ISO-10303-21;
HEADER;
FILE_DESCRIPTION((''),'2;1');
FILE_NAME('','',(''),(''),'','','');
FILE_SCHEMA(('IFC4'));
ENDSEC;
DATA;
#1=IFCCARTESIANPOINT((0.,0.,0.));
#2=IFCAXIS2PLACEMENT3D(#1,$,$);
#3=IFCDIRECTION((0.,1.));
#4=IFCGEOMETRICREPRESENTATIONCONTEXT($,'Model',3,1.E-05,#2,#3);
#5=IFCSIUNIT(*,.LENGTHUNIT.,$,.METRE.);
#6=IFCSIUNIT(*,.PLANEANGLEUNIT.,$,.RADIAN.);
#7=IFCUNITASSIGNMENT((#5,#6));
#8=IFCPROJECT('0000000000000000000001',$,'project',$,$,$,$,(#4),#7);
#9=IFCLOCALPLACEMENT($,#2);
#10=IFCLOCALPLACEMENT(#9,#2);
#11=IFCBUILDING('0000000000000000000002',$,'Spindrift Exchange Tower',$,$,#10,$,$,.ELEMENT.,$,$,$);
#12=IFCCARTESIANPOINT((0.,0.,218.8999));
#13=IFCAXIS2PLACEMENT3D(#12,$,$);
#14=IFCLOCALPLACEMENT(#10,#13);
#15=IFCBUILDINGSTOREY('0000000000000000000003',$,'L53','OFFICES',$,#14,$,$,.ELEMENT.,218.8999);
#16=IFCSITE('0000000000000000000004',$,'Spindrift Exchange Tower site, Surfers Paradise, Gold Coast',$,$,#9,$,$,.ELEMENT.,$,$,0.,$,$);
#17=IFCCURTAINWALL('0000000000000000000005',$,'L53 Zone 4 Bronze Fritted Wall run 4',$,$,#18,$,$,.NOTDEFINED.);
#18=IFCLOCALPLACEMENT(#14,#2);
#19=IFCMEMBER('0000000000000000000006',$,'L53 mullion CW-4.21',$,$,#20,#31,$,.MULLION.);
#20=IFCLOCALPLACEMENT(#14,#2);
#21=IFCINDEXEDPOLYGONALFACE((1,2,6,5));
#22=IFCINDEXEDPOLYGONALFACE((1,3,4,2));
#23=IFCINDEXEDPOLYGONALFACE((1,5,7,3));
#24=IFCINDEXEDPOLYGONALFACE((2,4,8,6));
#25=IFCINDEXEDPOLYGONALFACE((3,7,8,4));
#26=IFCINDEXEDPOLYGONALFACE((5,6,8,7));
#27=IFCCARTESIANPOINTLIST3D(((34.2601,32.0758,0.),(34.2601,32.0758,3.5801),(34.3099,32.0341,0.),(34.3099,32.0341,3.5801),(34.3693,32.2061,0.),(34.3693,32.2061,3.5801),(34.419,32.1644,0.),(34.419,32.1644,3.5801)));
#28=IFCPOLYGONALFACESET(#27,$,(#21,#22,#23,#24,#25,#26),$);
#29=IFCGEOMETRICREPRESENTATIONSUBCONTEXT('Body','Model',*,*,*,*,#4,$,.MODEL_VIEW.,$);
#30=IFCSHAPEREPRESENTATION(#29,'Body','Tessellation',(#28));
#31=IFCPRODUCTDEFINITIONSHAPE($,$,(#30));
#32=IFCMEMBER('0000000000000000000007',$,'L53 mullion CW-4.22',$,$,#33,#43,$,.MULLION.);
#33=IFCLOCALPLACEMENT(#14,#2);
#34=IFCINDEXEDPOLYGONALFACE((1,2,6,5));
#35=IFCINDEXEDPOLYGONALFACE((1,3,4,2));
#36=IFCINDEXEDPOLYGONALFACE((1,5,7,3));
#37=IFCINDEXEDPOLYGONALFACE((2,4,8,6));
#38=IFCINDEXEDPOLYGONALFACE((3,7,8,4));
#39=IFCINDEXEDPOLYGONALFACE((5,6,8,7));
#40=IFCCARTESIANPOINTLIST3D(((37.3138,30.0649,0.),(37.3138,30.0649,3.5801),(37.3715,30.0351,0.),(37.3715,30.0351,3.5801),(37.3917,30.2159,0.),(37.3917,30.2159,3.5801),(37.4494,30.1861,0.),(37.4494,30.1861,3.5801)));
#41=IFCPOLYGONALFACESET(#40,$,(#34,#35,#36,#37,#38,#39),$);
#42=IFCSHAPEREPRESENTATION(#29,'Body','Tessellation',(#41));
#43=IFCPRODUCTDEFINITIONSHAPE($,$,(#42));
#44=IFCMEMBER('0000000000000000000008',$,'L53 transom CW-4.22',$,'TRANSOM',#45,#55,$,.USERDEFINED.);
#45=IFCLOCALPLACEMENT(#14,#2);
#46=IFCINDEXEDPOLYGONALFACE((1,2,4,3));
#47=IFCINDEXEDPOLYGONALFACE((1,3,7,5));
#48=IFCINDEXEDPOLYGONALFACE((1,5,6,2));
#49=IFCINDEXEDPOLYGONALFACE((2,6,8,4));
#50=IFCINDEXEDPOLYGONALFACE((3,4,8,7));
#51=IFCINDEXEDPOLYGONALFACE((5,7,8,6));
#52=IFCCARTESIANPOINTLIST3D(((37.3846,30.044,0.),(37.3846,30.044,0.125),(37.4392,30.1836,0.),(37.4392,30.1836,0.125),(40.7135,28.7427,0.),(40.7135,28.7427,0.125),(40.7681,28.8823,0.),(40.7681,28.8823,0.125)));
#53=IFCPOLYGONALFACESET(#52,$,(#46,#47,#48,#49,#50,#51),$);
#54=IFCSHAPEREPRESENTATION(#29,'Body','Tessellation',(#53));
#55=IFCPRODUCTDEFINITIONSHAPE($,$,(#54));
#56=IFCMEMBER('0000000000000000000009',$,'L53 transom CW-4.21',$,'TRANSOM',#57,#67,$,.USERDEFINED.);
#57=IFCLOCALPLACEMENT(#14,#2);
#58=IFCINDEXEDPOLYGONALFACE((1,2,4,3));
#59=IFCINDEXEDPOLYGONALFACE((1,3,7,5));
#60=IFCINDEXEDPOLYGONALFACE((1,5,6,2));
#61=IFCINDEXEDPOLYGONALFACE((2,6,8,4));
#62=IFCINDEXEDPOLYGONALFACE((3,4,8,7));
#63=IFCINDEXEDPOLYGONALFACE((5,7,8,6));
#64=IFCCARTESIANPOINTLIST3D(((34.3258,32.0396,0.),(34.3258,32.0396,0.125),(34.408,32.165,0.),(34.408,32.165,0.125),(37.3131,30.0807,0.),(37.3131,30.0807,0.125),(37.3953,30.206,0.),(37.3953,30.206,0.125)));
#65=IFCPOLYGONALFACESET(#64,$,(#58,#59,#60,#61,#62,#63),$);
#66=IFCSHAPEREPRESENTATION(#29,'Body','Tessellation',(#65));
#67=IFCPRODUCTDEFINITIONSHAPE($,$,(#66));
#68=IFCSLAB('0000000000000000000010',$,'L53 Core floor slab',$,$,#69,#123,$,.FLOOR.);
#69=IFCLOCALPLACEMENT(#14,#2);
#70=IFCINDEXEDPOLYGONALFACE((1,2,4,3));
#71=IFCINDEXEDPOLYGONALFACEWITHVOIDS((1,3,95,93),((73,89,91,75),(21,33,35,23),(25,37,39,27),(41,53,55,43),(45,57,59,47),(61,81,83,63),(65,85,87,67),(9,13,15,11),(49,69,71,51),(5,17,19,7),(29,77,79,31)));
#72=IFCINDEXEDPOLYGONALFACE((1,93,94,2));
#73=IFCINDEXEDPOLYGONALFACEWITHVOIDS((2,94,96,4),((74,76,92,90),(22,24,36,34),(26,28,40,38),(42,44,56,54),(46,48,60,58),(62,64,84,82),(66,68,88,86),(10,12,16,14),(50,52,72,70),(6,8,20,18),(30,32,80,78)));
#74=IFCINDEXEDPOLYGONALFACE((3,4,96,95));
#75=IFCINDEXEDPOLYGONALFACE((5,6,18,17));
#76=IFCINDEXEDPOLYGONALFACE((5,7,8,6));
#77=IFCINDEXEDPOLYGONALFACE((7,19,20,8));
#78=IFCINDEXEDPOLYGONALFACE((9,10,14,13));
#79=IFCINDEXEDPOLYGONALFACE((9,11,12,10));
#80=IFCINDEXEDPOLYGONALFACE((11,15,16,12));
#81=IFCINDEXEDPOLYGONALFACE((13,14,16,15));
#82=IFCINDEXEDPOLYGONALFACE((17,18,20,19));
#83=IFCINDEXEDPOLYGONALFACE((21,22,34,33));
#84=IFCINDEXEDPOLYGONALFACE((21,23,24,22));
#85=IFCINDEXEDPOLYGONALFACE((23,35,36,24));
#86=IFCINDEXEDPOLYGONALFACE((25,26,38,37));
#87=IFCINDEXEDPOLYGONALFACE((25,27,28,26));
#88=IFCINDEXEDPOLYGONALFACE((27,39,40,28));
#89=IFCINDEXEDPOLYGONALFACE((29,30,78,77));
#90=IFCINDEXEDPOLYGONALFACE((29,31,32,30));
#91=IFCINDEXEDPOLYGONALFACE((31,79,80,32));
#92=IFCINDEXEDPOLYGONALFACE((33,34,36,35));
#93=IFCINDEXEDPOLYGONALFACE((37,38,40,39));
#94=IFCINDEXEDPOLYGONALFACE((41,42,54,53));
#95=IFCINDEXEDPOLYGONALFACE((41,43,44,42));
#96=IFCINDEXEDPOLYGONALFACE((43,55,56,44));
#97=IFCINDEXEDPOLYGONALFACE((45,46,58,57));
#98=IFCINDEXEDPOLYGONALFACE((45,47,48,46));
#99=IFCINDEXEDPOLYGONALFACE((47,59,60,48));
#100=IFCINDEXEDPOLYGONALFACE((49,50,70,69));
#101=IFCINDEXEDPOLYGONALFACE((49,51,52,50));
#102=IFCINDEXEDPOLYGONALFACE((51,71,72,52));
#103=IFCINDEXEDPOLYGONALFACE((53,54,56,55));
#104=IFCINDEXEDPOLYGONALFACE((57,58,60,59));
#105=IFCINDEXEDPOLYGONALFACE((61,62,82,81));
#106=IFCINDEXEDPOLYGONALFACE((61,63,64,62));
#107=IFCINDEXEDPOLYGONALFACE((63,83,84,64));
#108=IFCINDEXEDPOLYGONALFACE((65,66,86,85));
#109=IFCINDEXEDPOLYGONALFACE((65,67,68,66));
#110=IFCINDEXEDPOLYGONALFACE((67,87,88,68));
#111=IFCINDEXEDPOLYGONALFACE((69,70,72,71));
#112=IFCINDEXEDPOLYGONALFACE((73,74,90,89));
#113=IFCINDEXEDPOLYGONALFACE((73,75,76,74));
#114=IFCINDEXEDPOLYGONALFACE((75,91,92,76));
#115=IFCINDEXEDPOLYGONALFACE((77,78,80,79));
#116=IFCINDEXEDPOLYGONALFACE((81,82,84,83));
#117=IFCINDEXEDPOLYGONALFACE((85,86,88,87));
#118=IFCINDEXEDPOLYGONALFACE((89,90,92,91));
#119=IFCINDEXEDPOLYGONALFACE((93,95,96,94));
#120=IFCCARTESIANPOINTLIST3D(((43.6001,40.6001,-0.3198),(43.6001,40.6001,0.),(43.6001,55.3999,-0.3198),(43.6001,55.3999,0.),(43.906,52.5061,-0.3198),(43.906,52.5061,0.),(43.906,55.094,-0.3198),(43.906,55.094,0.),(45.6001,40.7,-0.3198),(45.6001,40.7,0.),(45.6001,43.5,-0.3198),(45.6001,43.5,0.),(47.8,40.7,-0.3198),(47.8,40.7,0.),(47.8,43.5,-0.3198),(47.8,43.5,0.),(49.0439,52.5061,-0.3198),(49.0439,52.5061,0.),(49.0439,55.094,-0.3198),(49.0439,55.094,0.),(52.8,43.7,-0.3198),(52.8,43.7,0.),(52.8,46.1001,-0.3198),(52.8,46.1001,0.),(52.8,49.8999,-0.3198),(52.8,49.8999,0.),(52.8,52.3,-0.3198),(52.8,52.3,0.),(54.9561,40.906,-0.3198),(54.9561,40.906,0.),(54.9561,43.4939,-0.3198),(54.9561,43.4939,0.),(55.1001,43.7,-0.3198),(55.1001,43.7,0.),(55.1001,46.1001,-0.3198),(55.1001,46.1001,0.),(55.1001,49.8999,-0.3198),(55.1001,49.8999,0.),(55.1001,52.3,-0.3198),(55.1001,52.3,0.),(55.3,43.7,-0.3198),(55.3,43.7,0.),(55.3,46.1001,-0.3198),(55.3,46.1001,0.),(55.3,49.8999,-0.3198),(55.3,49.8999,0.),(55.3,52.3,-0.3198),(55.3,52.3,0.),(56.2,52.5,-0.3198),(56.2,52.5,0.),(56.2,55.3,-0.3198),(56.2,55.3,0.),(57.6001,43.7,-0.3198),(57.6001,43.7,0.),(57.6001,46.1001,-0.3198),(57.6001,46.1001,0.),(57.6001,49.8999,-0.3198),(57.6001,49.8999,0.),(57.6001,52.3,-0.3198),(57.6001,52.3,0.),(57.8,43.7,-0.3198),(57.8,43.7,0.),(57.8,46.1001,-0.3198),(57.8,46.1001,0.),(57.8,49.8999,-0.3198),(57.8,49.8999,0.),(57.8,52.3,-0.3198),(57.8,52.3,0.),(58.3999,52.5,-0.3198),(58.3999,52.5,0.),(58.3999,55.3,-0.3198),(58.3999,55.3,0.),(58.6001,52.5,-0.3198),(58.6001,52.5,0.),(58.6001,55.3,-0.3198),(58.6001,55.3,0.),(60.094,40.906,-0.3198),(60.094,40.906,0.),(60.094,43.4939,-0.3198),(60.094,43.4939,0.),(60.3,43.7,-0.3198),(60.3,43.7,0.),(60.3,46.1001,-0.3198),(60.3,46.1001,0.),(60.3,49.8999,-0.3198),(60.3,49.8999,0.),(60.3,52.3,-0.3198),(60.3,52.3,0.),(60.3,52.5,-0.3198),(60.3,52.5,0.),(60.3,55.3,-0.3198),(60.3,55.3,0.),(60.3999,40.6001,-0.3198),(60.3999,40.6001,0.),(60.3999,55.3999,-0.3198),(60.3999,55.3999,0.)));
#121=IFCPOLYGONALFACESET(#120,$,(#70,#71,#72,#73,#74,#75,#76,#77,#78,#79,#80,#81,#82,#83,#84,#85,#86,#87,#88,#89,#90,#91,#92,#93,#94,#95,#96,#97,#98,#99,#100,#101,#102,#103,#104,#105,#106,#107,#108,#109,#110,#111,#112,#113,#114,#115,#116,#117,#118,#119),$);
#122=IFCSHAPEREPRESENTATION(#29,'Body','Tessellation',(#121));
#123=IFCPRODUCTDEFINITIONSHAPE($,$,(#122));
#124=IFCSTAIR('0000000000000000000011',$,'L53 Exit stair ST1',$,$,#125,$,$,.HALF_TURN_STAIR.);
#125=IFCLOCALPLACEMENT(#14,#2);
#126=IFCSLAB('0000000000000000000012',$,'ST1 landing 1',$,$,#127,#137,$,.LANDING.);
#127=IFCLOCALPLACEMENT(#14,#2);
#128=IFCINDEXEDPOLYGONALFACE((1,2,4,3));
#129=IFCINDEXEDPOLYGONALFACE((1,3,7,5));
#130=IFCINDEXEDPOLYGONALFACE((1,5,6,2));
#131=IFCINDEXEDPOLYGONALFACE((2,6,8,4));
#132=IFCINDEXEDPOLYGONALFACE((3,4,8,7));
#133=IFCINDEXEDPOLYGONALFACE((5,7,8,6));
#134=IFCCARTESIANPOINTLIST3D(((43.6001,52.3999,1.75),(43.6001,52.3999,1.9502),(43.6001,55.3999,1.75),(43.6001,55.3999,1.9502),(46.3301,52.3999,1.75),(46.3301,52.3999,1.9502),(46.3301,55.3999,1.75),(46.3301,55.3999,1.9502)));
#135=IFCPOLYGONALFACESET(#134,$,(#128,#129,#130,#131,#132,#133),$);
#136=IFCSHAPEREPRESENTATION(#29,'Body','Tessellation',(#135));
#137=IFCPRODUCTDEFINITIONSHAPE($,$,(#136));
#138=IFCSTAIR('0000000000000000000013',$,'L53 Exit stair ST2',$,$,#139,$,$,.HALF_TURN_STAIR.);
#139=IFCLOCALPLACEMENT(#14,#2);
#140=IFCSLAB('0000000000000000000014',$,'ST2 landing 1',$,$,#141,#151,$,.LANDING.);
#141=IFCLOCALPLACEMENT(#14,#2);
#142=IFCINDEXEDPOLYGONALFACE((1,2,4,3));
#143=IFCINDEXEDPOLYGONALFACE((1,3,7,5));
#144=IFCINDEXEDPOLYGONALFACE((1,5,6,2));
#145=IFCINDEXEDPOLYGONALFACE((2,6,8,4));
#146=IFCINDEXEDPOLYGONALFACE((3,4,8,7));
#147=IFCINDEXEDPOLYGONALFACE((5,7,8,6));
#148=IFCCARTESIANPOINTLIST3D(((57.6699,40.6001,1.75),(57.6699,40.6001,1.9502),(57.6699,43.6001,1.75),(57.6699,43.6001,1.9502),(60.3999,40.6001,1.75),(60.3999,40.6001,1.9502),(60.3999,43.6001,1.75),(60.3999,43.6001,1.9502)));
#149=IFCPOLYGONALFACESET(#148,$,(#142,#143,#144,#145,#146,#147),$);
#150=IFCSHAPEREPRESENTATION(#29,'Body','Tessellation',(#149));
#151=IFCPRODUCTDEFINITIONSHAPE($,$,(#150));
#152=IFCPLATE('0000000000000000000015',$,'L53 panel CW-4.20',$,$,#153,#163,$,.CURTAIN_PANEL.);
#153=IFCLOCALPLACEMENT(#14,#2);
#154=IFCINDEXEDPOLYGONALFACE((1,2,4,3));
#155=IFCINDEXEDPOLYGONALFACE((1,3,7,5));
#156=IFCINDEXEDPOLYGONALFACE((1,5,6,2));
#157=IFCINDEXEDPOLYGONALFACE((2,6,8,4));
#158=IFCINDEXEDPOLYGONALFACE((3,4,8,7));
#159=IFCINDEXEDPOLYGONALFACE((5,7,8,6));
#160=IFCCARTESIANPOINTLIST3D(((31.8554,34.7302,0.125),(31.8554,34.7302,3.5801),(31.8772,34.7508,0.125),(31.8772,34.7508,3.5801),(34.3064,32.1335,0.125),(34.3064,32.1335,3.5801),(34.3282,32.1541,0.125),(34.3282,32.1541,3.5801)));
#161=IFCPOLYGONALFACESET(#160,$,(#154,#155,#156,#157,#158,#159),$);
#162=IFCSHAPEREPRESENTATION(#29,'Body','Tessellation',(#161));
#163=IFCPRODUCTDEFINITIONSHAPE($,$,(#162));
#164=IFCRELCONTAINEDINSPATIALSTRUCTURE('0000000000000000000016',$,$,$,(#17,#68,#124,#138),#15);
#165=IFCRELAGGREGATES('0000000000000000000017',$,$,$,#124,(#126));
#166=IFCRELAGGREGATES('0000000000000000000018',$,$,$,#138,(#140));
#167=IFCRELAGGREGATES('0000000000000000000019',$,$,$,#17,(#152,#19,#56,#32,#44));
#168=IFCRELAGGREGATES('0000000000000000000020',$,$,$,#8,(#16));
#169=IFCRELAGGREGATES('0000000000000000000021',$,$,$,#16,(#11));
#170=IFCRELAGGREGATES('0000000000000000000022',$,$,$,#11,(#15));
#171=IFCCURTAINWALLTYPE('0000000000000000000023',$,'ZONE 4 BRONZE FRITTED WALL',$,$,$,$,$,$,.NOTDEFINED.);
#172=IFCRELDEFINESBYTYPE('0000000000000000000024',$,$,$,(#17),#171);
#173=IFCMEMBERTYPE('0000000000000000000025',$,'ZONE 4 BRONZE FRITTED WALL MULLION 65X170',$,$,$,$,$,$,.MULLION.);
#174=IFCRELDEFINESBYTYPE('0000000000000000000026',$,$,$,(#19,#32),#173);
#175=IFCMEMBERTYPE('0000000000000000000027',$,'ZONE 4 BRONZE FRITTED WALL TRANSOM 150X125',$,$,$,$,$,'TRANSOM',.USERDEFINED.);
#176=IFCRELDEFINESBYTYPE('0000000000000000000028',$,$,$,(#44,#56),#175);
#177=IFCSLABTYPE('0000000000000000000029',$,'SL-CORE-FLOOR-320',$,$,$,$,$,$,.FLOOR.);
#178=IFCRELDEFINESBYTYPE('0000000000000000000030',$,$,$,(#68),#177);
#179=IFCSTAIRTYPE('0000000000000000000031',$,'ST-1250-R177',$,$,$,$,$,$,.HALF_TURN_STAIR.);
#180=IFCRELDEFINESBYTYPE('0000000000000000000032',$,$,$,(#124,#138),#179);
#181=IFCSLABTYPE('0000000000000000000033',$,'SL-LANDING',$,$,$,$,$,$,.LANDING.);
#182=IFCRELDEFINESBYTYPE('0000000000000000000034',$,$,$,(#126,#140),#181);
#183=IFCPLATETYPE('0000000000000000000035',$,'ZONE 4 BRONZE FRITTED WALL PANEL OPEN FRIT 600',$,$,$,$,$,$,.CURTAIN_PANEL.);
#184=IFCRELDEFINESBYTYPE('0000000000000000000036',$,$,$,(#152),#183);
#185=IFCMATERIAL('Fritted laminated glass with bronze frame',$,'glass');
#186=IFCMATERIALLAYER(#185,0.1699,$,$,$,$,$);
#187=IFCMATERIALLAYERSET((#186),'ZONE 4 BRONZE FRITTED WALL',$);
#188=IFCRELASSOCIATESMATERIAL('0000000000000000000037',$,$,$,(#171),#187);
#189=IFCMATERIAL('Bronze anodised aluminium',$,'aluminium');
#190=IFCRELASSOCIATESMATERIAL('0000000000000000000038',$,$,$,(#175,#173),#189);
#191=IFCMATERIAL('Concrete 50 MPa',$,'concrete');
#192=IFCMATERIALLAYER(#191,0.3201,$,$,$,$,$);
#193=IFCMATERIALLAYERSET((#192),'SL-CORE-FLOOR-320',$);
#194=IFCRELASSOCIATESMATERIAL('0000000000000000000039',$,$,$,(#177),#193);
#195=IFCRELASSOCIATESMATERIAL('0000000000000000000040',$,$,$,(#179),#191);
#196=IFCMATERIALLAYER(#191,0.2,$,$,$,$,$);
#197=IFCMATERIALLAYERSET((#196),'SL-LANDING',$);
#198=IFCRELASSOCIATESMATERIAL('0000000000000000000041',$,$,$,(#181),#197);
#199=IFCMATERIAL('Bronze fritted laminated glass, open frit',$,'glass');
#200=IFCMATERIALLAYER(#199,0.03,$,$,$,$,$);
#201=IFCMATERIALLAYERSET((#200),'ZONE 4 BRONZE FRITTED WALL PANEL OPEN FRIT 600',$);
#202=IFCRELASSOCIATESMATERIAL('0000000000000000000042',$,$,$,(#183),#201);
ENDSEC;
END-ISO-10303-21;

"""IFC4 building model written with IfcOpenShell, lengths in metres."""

from ifc_helpers import new_model, si_unit, direction, frame, origin, origin_2d, place, context, subcontext, project, spatial, line, indexed_curve, rectangle, outline, extrude, source, transform, mapped, material, layer, layer_set, material_profile, profile_set, type_object, element, aggregate, save


model = new_model("IFC4")

# Units and contexts
model_context = context("Model", 3, precision=1e-05, world=origin(), true_north=direction((0.0, 1.0)))
body_context = subcontext(model_context, "Body", "Model", "MODEL_VIEW")
ifc_project = project(units=[si_unit("LENGTHUNIT", "METRE"), si_unit("PLANEANGLEUNIT", "RADIAN")], contexts=[model_context])

# Site, building, storey
site_placement = place(None, origin())
site = spatial("IfcSite", under=ifc_project, at=site_placement, Name="Spindrift Exchange Tower site, Surfers Paradise, Gold Coast", CompositionType="ELEMENT", RefElevation=0.0)
building_placement = place(site_placement, origin())
building = spatial("IfcBuilding", under=site, at=building_placement, Name="Spindrift Exchange Tower", CompositionType="ELEMENT")
storey_placement = place(building_placement, frame((0.0, 0.0, 218.8999)))
storey = spatial("IfcBuildingStorey", under=building, at=storey_placement, Name="L53", Description="OFFICES", CompositionType="ELEMENT", Elevation=218.8999)

# Shared definitions
ifc_material_1 = material(Name="Concrete 50 MPa", Category="concrete")

# Curtain wall, members
ifc_material_2 = material(Name="Fritted laminated glass with bronze frame", Category="glass")
ifc_layer_1 = layer(ifc_material_2, 0.1699)
ifc_layer_set_1 = layer_set([ifc_layer_1], Name="ZONE 4 BRONZE FRITTED WALL")
curtain_wall_type = type_object("IfcCurtainWallType", Name="ZONE 4 BRONZE FRITTED WALL", PredefinedType="NOTDEFINED", material=ifc_layer_set_1)
curtain_wall_placement = place(storey_placement, origin())
curtain_wall = element("IfcCurtainWall", 1, at=curtain_wall_placement, inside=storey, type_object=curtain_wall_type, Name="L53 Zone 4 Bronze Fritted Wall run 4", PredefinedType="NOTDEFINED")
ifc_material_3 = material(Name="Bronze anodised aluminium", Category="aluminium")
ifc_material_profile_1 = material_profile(ifc_material_3, rectangle(XDim=0.1499, YDim=0.125, at=origin_2d()), Name="ZONE 4 BRONZE FRITTED WALL TRANSOM 150X125")
ifc_profile_set_1 = profile_set([ifc_material_profile_1], Name="Bronze anodised aluminium")
member_type_1 = type_object("IfcMemberType", Name="ZONE 4 BRONZE FRITTED WALL TRANSOM 150X125", ElementType="TRANSOM", PredefinedType="USERDEFINED", material=ifc_profile_set_1)
ifc_material_profile_2 = material_profile(ifc_material_3, rectangle(XDim=0.0649, YDim=0.1699, at=origin_2d()), Name="ZONE 4 BRONZE FRITTED WALL MULLION 65X170")
ifc_profile_set_2 = profile_set([ifc_material_profile_2], Name="Bronze anodised aluminium")
member_type_2 = type_object("IfcMemberType", Name="ZONE 4 BRONZE FRITTED WALL MULLION 65X170", PredefinedType="MULLION", material=ifc_profile_set_2)
shared_shape_1 = source(origin(), body_context, "Body", "SweptSolid", [
    extrude(rectangle(XDim=0.0649, YDim=0.1699, at=origin_2d()), origin(), (0.0, 0.0, 1.0), 3.5801),
])
member_1_placement = place(storey_placement, frame((34.3396, 32.1201, 0.0), z_axis=(0.0, 0.0, 1.0), x_axis=(0.766561, -0.642172, 0.0)))
member_1 = element("IfcMember", 2, at=member_1_placement, type_object=member_type_2, Name="L53 mullion CW-4.21", PredefinedType="MULLION", context=body_context, shape_type="MappedRepresentation", body=[
    mapped(shared_shape_1, transform((0.0, 0.0, 0.0), scale=1.0)),
])
member_2_placement = place(storey_placement, frame((37.3816, 30.1255, 0.0), z_axis=(0.0, 0.0, 1.0), x_axis=(0.8886, -0.458683, 0.0)))
member_2 = element("IfcMember", 3, at=member_2_placement, type_object=member_type_2, Name="L53 mullion CW-4.22", PredefinedType="MULLION", context=body_context, shape_type="MappedRepresentation", body=[
    mapped(shared_shape_1, transform((0.0, 0.0, 0.0), scale=1.0)),
])
shared_shape_2 = source(origin(), body_context, "Body", "SweptSolid", [
    extrude(rectangle(XDim=0.1499, YDim=0.125, at=origin_2d()), origin(), (0.0, 0.0, 1.0), 3.5742),
])
member_3_placement = place(storey_placement, frame((37.4119, 30.1138, 0.0625), z_axis=(0.931369, -0.364077, 0.0), x_axis=(0.364077, 0.931369, 0.0)))
member_3 = element("IfcMember", 4, at=member_3_placement, type_object=member_type_1, Name="L53 transom CW-4.22", ObjectType="TRANSOM", PredefinedType="USERDEFINED", context=body_context, shape_type="MappedRepresentation", body=[
    mapped(shared_shape_2, transform((0.0, 0.0, 0.0), scale=1.0)),
])
shared_shape_3 = source(origin(), body_context, "Body", "SweptSolid", [
    extrude(rectangle(XDim=0.1499, YDim=0.125, at=origin_2d()), origin(), (0.0, 0.0, 1.0), 3.5723),
])
member_4_placement = place(storey_placement, frame((34.3669, 32.1023, 0.0625), z_axis=(0.836232, -0.548376, 0.0), x_axis=(0.548376, 0.836232, 0.0)))
member_4 = element("IfcMember", 5, at=member_4_placement, type_object=member_type_1, Name="L53 transom CW-4.21", ObjectType="TRANSOM", PredefinedType="USERDEFINED", context=body_context, shape_type="MappedRepresentation", body=[
    mapped(shared_shape_3, transform((0.0, 0.0, 0.0), scale=1.0)),
])

# Slab
ifc_layer_2 = layer(ifc_material_1, 0.3201)
ifc_layer_set_2 = layer_set([ifc_layer_2], Name="SL-CORE-FLOOR-320")
slab_type_1 = type_object("IfcSlabType", Name="SL-CORE-FLOOR-320", PredefinedType="FLOOR", material=ifc_layer_set_2)
slab_1_placement = place(storey_placement, frame((0.0, 0.0, -0.3198)))
element("IfcSlab", 6, at=slab_1_placement, inside=storey, type_object=slab_type_1, Name="L53 Core floor slab", PredefinedType="FLOOR", context=body_context, shape_type="SweptSolid", body=[
    extrude(outline(indexed_curve([(43.6001, 40.6001), (43.6001, 55.3999), (60.3999, 55.3999), (60.3999, 40.6001)], segments=[line(1, 2, 3, 4, 1)], self_intersect=False), holes=[indexed_curve([(45.6001, 43.5), (45.6001, 40.7), (47.8, 40.7), (47.8, 43.5)], segments=[line(1, 2, 3, 4, 1)], self_intersect=False), indexed_curve([(52.8, 46.1001), (52.8, 43.7), (55.1001, 43.7), (55.1001, 46.1001)], segments=[line(1, 2, 3, 4, 1)], self_intersect=False), indexed_curve([(55.3, 46.1001), (55.3, 43.7), (57.6001, 43.7), (57.6001, 46.1001)], segments=[line(1, 2, 3, 4, 1)], self_intersect=False), indexed_curve([(55.1001, 52.3), (52.8, 52.3), (52.8, 49.8999), (55.1001, 49.8999)], segments=[line(1, 2, 3, 4, 1)], self_intersect=False), indexed_curve([(57.6001, 52.3), (55.3, 52.3), (55.3, 49.8999), (57.6001, 49.8999)], segments=[line(1, 2, 3, 4, 1)], self_intersect=False), indexed_curve([(43.906, 52.5061), (49.0439, 52.5061), (49.0439, 55.094), (43.906, 55.094)], segments=[line(1, 2, 3, 4, 1)], self_intersect=False), indexed_curve([(60.094, 40.906), (60.094, 43.4939), (54.9561, 43.4939), (54.9561, 40.906)], segments=[line(1, 2, 3, 4, 1)], self_intersect=False), indexed_curve([(60.3, 46.1001), (57.8, 46.1001), (57.8, 43.7), (60.3, 43.7)], segments=[line(1, 2, 3, 4, 1)], self_intersect=False), indexed_curve([(57.8, 52.3), (57.8, 49.8999), (60.3, 49.8999), (60.3, 52.3)], segments=[line(1, 2, 3, 4, 1)], self_intersect=False), indexed_curve([(58.3999, 55.3), (56.2, 55.3), (56.2, 52.5), (58.3999, 52.5)], segments=[line(1, 2, 3, 4, 1)], self_intersect=False), indexed_curve([(60.3, 55.3), (58.6001, 55.3), (58.6001, 52.5), (60.3, 52.5)], segments=[line(1, 2, 3, 4, 1)], self_intersect=False)]), origin(), (0.0, 0.0, 1.0), 0.3198),
])

# Stairs, slabs
stair_type = type_object("IfcStairType", Name="ST-1250-R177", PredefinedType="HALF_TURN_STAIR", material=ifc_material_1)
stair_1_placement = place(storey_placement, origin())
stair_1 = element("IfcStair", 7, at=stair_1_placement, inside=storey, type_object=stair_type, Name="L53 Exit stair ST1", PredefinedType="HALF_TURN_STAIR")
ifc_layer_3 = layer(ifc_material_1, 0.2)
ifc_layer_set_3 = layer_set([ifc_layer_3], Name="SL-LANDING")
slab_type_2 = type_object("IfcSlabType", Name="SL-LANDING", PredefinedType="LANDING", material=ifc_layer_set_3)
slab_2_placement = place(storey_placement, frame((0.0, 0.0, 1.75)))
slab_2 = element("IfcSlab", 8, at=slab_2_placement, type_object=slab_type_2, Name="ST1 landing 1", PredefinedType="LANDING", context=body_context, shape_type="SweptSolid", body=[
    extrude(outline(indexed_curve([(46.3301, 52.3999), (43.6001, 52.3999), (43.6001, 55.3999), (46.3301, 55.3999)], segments=[line(1, 2, 3, 4, 1)], self_intersect=False)), origin(), (0.0, 0.0, 1.0), 0.2002),
])
aggregate(stair_1, [slab_2])
stair_2_placement = place(storey_placement, origin())
stair_2 = element("IfcStair", 9, at=stair_2_placement, inside=storey, type_object=stair_type, Name="L53 Exit stair ST2", PredefinedType="HALF_TURN_STAIR")
slab_3_placement = place(storey_placement, frame((0.0, 0.0, 1.75)))
slab_3 = element("IfcSlab", 10, at=slab_3_placement, type_object=slab_type_2, Name="ST2 landing 1", PredefinedType="LANDING", context=body_context, shape_type="SweptSolid", body=[
    extrude(outline(indexed_curve([(57.6699, 43.6001), (60.3999, 43.6001), (60.3999, 40.6001), (57.6699, 40.6001)], segments=[line(1, 2, 3, 4, 1)], self_intersect=False)), origin(), (0.0, 0.0, 1.0), 0.2002),
])
aggregate(stair_2, [slab_3])

# Plate
ifc_material_4 = material(Name="Bronze fritted laminated glass, open frit", Category="glass")
ifc_layer_4 = layer(ifc_material_4, 0.03)
ifc_layer_set_4 = layer_set([ifc_layer_4], Name="ZONE 4 BRONZE FRITTED WALL PANEL OPEN FRIT 600")
plate_type_1 = type_object("IfcPlateType", Name="ZONE 4 BRONZE FRITTED WALL PANEL OPEN FRIT 600", PredefinedType="CURTAIN_PANEL", material=ifc_layer_set_4)
shared_shape_4 = source(origin(), body_context, "Body", "SweptSolid", [
    extrude(rectangle(XDim=3.5708, YDim=0.03, at=origin_2d()), origin(), (0.0, 0.0, 1.0), 3.4551),
])
plate_1_placement = place(storey_placement, frame((33.0918, 33.4421, 0.125), z_axis=(0.0, 0.0, 1.0), x_axis=(0.686404, -0.727221, 0.0)))
plate_1 = element("IfcPlate", 11, at=plate_1_placement, type_object=plate_type_1, Name="L53 panel CW-4.20", PredefinedType="CURTAIN_PANEL", context=body_context, shape_type="MappedRepresentation", body=[
    mapped(shared_shape_4, transform((0.0, 0.0, 0.0), scale=1.0)),
])
aggregate(curtain_wall, [plate_1, member_1, member_4, member_2, member_3])

save(model, "model.ifc")
